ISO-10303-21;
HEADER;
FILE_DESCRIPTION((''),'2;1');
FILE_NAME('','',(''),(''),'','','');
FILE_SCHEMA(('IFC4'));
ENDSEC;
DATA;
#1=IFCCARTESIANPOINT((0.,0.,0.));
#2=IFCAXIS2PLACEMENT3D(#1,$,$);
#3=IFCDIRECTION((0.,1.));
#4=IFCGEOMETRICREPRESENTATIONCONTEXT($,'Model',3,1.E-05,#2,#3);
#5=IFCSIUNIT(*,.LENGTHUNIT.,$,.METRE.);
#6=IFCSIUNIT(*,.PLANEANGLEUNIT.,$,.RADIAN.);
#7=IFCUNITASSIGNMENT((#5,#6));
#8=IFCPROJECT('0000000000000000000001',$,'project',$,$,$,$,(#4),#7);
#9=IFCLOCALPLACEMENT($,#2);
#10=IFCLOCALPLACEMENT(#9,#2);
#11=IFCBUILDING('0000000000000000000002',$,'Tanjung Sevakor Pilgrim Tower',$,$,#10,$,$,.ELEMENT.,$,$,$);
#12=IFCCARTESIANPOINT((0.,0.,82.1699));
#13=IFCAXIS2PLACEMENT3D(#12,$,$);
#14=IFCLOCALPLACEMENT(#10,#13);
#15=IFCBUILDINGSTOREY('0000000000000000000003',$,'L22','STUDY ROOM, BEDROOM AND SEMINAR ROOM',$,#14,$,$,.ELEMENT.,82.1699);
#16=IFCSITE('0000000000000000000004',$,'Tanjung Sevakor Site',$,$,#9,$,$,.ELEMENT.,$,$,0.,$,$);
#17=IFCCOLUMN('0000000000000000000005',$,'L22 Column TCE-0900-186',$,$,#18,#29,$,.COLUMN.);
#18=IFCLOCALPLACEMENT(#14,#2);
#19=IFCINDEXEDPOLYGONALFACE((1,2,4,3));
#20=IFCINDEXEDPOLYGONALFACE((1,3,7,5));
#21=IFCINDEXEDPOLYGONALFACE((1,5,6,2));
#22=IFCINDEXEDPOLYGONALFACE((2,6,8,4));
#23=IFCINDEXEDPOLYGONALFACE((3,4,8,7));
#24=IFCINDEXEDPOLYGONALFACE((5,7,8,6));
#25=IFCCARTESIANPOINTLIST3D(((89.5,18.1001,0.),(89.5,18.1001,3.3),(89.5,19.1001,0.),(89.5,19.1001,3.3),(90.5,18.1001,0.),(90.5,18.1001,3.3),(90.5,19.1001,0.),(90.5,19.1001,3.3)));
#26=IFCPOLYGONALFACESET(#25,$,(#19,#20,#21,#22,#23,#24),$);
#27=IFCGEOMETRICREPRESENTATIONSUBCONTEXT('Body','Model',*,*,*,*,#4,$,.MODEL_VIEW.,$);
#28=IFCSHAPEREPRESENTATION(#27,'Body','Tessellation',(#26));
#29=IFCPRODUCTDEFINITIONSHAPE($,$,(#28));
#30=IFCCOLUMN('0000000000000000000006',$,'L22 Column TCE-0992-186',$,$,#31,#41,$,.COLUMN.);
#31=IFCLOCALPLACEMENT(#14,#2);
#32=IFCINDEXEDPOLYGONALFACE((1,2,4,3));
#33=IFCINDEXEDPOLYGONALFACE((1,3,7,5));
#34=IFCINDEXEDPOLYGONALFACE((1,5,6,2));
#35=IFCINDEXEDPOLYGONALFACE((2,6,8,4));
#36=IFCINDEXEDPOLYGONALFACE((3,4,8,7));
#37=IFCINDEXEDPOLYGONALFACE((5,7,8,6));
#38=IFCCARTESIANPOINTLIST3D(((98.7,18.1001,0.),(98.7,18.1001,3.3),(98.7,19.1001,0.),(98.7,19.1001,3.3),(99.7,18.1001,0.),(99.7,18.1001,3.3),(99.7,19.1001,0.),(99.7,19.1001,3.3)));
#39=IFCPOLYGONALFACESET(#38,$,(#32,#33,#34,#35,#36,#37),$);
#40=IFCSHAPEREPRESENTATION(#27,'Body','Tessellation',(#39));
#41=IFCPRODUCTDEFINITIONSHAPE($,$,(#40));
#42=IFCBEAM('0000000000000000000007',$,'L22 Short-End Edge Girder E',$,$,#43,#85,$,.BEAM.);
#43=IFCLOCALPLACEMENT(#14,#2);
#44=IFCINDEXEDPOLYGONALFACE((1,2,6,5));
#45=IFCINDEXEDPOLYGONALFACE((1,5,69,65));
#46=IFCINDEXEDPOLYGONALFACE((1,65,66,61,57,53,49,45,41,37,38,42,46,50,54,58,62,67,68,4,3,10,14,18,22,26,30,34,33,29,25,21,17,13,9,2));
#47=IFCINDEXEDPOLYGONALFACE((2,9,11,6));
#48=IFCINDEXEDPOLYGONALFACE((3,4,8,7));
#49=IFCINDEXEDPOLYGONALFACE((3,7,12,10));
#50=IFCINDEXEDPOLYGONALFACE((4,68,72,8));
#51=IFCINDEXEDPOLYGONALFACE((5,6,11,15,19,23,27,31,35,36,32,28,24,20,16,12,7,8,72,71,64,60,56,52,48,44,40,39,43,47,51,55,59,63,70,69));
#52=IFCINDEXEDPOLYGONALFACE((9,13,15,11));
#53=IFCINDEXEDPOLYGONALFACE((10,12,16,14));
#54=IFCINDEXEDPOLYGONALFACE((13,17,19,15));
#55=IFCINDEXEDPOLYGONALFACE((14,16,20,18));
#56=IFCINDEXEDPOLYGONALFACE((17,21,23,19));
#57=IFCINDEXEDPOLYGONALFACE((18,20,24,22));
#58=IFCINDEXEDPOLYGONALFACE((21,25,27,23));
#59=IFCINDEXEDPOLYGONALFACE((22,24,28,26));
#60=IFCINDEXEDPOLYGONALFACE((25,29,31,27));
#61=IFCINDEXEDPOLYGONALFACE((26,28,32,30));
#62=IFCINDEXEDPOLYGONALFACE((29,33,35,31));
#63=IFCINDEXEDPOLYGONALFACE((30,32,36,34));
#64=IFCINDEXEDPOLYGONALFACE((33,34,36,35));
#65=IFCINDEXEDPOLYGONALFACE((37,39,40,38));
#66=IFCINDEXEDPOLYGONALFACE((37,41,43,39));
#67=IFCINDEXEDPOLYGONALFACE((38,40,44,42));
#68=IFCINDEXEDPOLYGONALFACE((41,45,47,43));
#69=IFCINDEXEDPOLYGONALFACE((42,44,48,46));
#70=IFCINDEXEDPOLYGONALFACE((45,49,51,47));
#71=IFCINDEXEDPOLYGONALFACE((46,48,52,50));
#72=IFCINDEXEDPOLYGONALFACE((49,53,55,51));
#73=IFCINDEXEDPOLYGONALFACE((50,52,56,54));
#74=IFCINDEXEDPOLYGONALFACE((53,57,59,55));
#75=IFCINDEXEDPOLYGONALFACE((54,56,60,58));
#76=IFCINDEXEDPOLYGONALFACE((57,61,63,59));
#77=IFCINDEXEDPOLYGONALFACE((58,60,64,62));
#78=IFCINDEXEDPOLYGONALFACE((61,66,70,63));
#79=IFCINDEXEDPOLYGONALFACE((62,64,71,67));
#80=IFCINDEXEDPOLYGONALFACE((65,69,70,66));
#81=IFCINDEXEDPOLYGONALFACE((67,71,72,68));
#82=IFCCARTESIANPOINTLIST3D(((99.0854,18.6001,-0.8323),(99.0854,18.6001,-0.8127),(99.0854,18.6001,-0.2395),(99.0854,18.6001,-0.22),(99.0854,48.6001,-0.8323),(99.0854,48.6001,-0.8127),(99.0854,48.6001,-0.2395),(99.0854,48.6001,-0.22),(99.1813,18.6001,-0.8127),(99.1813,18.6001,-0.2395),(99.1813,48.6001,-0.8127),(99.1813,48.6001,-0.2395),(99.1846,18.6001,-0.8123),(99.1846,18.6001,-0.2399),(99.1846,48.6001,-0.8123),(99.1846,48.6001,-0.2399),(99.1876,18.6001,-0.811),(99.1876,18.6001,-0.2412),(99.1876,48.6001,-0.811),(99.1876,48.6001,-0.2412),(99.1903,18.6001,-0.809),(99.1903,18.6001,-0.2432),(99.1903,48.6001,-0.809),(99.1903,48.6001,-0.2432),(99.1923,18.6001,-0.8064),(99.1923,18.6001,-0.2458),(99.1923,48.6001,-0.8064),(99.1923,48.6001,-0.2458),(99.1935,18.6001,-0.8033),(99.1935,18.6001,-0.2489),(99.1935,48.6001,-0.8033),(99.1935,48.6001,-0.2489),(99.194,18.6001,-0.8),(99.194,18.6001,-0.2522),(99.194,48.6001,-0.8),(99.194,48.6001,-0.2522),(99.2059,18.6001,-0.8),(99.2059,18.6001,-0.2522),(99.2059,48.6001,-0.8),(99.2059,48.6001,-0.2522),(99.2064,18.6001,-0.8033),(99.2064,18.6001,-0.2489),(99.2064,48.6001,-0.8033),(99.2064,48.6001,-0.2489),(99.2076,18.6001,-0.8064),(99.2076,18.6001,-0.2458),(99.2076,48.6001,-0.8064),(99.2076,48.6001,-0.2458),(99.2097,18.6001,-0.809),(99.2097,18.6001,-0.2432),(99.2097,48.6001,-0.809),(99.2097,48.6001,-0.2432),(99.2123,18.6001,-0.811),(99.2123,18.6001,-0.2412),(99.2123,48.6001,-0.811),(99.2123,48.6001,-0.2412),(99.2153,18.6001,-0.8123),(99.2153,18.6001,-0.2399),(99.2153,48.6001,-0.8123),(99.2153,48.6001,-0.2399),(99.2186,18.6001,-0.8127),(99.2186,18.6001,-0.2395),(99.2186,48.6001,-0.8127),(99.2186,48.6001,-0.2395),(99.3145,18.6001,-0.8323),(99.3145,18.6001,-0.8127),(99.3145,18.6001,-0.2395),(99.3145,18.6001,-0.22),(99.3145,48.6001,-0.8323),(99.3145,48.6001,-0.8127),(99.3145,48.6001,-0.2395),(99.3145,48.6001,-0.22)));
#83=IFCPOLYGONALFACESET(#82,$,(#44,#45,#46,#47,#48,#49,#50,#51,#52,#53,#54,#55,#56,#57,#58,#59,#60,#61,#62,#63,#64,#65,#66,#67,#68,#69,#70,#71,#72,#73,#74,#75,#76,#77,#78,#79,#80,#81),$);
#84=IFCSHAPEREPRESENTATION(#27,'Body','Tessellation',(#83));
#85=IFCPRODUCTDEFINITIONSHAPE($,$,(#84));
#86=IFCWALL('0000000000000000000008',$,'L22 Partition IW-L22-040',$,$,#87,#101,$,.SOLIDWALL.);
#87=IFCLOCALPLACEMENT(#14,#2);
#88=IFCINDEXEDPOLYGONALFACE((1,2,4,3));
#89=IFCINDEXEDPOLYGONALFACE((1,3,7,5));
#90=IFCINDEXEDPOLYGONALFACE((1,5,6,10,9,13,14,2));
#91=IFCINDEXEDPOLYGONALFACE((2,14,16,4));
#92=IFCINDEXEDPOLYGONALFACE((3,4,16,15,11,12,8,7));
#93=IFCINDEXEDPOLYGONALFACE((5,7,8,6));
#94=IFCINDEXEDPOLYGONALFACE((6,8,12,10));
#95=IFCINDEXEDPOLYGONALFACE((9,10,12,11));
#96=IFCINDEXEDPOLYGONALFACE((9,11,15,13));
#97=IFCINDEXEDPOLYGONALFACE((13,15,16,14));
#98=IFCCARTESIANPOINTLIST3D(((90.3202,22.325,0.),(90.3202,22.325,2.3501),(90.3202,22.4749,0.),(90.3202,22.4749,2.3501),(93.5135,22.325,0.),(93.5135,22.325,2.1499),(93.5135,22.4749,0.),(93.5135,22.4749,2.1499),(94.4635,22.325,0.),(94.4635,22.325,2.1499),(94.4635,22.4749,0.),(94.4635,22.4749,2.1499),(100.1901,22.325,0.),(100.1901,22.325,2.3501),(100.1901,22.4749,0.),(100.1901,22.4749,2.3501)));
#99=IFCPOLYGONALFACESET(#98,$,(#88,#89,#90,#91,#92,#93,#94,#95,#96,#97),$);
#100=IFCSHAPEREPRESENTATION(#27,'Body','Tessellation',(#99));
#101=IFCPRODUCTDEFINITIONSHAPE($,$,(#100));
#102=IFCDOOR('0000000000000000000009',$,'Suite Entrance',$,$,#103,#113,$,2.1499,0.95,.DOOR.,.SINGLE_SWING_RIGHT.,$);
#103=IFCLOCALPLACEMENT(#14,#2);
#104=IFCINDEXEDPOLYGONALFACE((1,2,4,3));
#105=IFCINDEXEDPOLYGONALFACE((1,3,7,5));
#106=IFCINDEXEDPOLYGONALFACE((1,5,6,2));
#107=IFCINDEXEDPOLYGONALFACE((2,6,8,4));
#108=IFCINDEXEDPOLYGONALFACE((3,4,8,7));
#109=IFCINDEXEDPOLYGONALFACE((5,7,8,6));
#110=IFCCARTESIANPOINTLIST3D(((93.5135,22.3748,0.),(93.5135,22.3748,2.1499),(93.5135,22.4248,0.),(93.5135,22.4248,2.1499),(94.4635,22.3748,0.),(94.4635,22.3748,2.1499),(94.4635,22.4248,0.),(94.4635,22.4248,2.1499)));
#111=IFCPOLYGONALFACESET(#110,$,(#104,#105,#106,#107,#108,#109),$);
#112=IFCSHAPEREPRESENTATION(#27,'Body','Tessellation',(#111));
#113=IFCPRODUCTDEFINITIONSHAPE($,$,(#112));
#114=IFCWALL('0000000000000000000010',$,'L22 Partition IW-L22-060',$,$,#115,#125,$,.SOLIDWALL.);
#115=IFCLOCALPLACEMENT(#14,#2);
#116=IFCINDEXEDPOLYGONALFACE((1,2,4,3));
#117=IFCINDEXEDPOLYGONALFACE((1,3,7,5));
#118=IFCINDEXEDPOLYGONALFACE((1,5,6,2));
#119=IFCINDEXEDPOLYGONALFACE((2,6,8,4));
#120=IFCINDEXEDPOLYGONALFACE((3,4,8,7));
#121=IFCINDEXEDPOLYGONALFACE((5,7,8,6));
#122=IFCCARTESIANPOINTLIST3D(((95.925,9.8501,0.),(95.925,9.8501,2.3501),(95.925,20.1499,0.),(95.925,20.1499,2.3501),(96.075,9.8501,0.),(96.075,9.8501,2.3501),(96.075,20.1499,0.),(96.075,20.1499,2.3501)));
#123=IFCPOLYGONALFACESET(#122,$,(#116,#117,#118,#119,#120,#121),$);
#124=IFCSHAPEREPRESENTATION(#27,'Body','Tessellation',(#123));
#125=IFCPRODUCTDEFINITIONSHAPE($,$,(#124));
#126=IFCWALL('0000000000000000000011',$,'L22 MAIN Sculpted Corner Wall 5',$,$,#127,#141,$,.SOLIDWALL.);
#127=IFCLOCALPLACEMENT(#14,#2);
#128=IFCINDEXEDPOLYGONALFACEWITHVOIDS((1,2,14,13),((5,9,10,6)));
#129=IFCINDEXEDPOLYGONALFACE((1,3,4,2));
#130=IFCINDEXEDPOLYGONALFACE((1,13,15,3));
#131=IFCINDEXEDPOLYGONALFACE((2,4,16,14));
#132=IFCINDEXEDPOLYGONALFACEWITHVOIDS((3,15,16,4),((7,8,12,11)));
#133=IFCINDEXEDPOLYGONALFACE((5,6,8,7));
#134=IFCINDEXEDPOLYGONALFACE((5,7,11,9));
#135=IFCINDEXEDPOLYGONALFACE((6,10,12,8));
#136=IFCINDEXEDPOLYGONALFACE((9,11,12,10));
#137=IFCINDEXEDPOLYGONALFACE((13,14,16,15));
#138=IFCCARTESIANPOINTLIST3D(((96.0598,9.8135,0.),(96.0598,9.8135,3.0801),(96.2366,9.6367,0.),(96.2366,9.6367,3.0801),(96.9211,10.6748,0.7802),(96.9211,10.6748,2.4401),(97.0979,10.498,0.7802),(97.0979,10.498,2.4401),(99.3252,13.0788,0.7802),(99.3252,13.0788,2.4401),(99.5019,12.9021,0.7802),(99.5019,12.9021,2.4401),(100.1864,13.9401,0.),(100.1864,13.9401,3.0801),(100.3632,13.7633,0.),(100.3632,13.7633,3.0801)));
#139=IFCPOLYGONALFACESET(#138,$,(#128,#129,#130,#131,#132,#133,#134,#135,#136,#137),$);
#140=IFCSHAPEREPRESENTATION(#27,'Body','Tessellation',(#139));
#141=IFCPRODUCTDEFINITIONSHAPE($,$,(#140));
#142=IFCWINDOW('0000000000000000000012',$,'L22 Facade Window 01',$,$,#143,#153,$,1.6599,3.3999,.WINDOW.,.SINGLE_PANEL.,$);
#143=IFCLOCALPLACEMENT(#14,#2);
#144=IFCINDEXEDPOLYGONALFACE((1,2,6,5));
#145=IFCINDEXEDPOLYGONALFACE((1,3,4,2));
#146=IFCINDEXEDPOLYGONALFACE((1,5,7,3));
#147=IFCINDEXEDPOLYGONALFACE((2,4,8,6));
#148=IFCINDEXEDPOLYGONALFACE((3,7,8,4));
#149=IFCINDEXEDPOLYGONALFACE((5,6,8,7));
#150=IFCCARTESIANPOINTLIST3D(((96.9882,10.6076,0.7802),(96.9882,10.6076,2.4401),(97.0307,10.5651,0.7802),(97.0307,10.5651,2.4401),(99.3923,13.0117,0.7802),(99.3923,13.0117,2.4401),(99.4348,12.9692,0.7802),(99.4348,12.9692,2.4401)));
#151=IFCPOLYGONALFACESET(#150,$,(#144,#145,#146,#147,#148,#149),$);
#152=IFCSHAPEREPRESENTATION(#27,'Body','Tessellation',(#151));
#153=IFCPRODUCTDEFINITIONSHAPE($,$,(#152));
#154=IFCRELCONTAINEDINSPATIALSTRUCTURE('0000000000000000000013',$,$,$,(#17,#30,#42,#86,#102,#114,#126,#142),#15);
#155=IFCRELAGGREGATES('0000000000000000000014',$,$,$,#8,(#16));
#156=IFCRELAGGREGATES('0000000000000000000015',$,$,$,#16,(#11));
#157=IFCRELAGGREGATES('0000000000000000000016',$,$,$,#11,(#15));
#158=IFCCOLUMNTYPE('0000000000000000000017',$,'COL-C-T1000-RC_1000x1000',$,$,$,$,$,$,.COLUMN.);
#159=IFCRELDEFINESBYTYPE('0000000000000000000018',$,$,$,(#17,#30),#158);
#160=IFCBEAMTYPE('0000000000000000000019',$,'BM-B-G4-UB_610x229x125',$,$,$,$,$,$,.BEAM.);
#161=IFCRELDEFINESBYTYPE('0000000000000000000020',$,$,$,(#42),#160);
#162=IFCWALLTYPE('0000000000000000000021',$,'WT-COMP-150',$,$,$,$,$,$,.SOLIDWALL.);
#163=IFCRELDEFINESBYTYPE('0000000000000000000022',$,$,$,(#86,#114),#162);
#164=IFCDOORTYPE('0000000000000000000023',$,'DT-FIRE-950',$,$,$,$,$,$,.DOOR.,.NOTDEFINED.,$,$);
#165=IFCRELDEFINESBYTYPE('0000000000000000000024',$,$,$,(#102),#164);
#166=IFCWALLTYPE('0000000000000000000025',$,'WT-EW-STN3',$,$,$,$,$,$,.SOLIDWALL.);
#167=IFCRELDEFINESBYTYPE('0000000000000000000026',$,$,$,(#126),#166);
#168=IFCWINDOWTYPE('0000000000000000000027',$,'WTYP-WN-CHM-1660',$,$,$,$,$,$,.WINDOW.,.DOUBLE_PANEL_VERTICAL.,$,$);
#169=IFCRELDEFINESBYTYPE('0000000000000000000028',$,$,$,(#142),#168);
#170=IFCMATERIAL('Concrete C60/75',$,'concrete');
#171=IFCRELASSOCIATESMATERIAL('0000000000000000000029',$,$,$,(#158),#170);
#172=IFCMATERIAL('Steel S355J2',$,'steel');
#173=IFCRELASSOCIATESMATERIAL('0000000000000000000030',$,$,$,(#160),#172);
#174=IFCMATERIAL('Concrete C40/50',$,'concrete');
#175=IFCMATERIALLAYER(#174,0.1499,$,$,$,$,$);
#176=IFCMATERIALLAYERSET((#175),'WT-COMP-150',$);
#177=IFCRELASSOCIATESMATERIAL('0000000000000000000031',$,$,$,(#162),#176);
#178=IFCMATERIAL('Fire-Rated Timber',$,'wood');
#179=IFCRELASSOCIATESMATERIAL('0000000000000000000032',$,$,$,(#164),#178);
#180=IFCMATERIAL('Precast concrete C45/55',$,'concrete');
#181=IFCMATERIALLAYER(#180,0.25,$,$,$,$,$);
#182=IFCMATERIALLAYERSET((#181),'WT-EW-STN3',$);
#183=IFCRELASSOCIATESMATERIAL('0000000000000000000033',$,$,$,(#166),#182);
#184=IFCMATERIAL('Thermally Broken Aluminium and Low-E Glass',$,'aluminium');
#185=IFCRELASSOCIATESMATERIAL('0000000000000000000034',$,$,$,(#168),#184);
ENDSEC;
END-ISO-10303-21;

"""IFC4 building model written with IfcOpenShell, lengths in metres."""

from ifc_helpers import new_model, si_unit, direction, frame, frame_2d, origin, origin_2d, place, context, subcontext, project, spatial, rectangle, i_section, extrude, material, layer, layer_set, material_profile, profile_set, type_object, element, fill, save


model = new_model("IFC4")

# Units and contexts
model_context = context("Model", 3, precision=1e-05, world=origin(), true_north=direction((0.0, 1.0)))
body_context = subcontext(model_context, "Body", "Model", "MODEL_VIEW")
ifc_project = project(units=[si_unit("LENGTHUNIT", "METRE"), si_unit("PLANEANGLEUNIT", "RADIAN")], contexts=[model_context])

# Site, building, storey
site_placement = place(None, origin())
site = spatial("IfcSite", under=ifc_project, at=site_placement, Name="Tanjung Sevakor Site", CompositionType="ELEMENT", RefElevation=0.0)
building_placement = place(site_placement, origin())
building = spatial("IfcBuilding", under=site, at=building_placement, Name="Tanjung Sevakor Pilgrim Tower", CompositionType="ELEMENT")
storey_placement = place(building_placement, frame((0.0, 0.0, 82.1699)))
storey = spatial("IfcBuildingStorey", under=building, at=storey_placement, Name="L22", Description="STUDY ROOM, BEDROOM AND SEMINAR ROOM", CompositionType="ELEMENT", Elevation=82.1699)

# Columns
ifc_material_1 = material(Name="Concrete C60/75", Category="concrete")
ifc_material_profile_1 = material_profile(ifc_material_1, rectangle(XDim=1.0, YDim=1.0, at=origin_2d()))
ifc_profile_set_1 = profile_set([ifc_material_profile_1], Name="Concrete C60/75")
column_type = type_object("IfcColumnType", Name="COL-C-T1000-RC_1000x1000", PredefinedType="COLUMN", material=ifc_profile_set_1)
for number, where, z_axis, x_axis, name in (
    (1, (90.0, 18.6001, 0.0), (0.0, 0.0, 1.0), (1.0, 0.0, 0.0), "L22 Column TCE-0900-186"),
    (2, (99.2, 18.6001, 0.0), (0.0, 0.0, 1.0), (1.0, 0.0, 0.0), "L22 Column TCE-0992-186"),
):
    element("IfcColumn", number, at=place(storey_placement, frame(where, z_axis=z_axis, x_axis=x_axis)), inside=storey, type_object=column_type, Name=name, PredefinedType="COLUMN", context=body_context, shape_type="SweptSolid", body=[
        extrude(rectangle(XDim=1.0, YDim=1.0, at=origin_2d()), origin(), (0.0, 0.0, 1.0), 3.3),
    ])

# Beam
ifc_material_2 = material(Name="Steel S355J2", Category="steel")
ifc_material_profile_2 = material_profile(ifc_material_2, i_section(OverallWidth=0.229, OverallDepth=0.6123, WebThickness=0.012, FlangeThickness=0.0195, FilletRadius=0.0127, at=origin_2d()))
ifc_profile_set_2 = profile_set([ifc_material_profile_2], Name="Steel S355J2")
beam_type = type_object("IfcBeamType", Name="BM-B-G4-UB_610x229x125", PredefinedType="BEAM", material=ifc_profile_set_2)
beam_placement = place(storey_placement, frame((99.2, 18.6001, -0.5261), z_axis=(0.0, 1.0, 0.0), x_axis=(-1.0, 0.0, 0.0)))
element("IfcBeam", 3, at=beam_placement, inside=storey, type_object=beam_type, Name="L22 Short-End Edge Girder E", PredefinedType="BEAM", context=body_context, shape_type="SweptSolid", body=[
    extrude(i_section(OverallWidth=0.229, OverallDepth=0.6123, WebThickness=0.012, FlangeThickness=0.0195, FilletRadius=0.0127, at=origin_2d()), origin(), (0.0, 0.0, 1.0), 30.0),
])

# Wall, opening, door
ifc_material_3 = material(Name="Concrete C40/50", Category="concrete")
ifc_layer_1 = layer(ifc_material_3, 0.1499)
ifc_layer_set_1 = layer_set([ifc_layer_1], Name="WT-COMP-150")
wall_type_1 = type_object("IfcWallType", Name="WT-COMP-150", PredefinedType="SOLIDWALL", material=ifc_layer_set_1)
wall_1_placement = place(storey_placement, frame((90.3201, 22.3999, 0.0), z_axis=(0.0, 0.0, 1.0), x_axis=(1.0, 0.0, 0.0)))
wall_1 = element("IfcWall", 4, at=wall_1_placement, inside=storey, type_object=wall_type_1, Name="L22 Partition IW-L22-040", PredefinedType="SOLIDWALL", context=body_context, shape_type="SweptSolid", body=[
    extrude(rectangle(XDim=9.8699, YDim=0.1499, at=frame_2d((4.9351, 0.0))), origin(), (0.0, 0.0, 1.0), 2.3501),
])
opening_1_placement = place(wall_1_placement, frame((3.1934, 0.0, 0.0)))
opening_1 = element("IfcOpeningElement", 5, at=opening_1_placement, cuts=wall_1, PredefinedType="OPENING", context=body_context, shape_type="SweptSolid", body=[
    extrude(rectangle(XDim=0.95, YDim=2.1499, at=frame_2d((0.4751, 1.075))), frame((0.0, 0.085, 0.0), z_axis=(0.0, -1.0, 0.0), x_axis=(1.0, 0.0, 0.0)), (0.0, 0.0, 1.0), 0.1699),
])
ifc_material_4 = material(Name="Fire-Rated Timber", Category="wood")
door_type_1 = type_object("IfcDoorType", Name="DT-FIRE-950", OperationType="NOTDEFINED", PredefinedType="DOOR", material=ifc_material_4)
door_1_placement = place(opening_1_placement, origin())
door_1 = element("IfcDoor", 6, at=door_1_placement, inside=storey, type_object=door_type_1, Name="Suite Entrance", OperationType="SINGLE_SWING_RIGHT", OverallHeight=2.1499, OverallWidth=0.95, PredefinedType="DOOR", context=body_context, shape_type="SweptSolid", body=[
    extrude(rectangle(XDim=0.95, YDim=2.1499, at=frame_2d((0.4751, 1.075))), frame((0.0, 0.0249, 0.0), z_axis=(0.0, -1.0, 0.0), x_axis=(1.0, 0.0, 0.0)), (0.0, 0.0, 1.0), 0.05),
])
fill(opening_1, door_1)

# Wall
wall_2_placement = place(storey_placement, frame((96.0, 9.8501, 0.0), z_axis=(0.0, 0.0, 1.0), x_axis=(0.0, 1.0, 0.0)))
element("IfcWall", 7, at=wall_2_placement, inside=storey, type_object=wall_type_1, Name="L22 Partition IW-L22-060", PredefinedType="SOLIDWALL", context=body_context, shape_type="SweptSolid", body=[
    extrude(rectangle(XDim=10.2998, YDim=0.1499, at=frame_2d((5.1499, 0.0))), origin(), (0.0, 0.0, 1.0), 2.3501),
])

# Wall, opening, window
ifc_material_5 = material(Name="Precast concrete C45/55", Category="concrete")
ifc_layer_2 = layer(ifc_material_5, 0.25)
ifc_layer_set_2 = layer_set([ifc_layer_2], Name="WT-EW-STN3")
wall_type_2 = type_object("IfcWallType", Name="WT-EW-STN3", PredefinedType="SOLIDWALL", material=ifc_layer_set_2)
wall_3_placement = place(storey_placement, frame((96.1482, 9.7251, 0.0), z_axis=(0.0, 0.0, 1.0), x_axis=(0.707107, 0.707107, 0.0)))
wall_3 = element("IfcWall", 8, at=wall_3_placement, inside=storey, type_object=wall_type_2, Name="L22 MAIN Sculpted Corner Wall 5", PredefinedType="SOLIDWALL", context=body_context, shape_type="SweptSolid", body=[
    extrude(rectangle(XDim=5.8359, YDim=0.25, at=frame_2d((2.918, 0.0))), origin(), (0.0, 0.0, 1.0), 3.0801),
])
opening_2_placement = place(wall_3_placement, frame((1.218, 0.0, 0.78)))
opening_2 = element("IfcOpeningElement", 9, at=opening_2_placement, cuts=wall_3, PredefinedType="OPENING", context=body_context, shape_type="SweptSolid", body=[
    extrude(rectangle(XDim=3.3999, YDim=1.6599, at=frame_2d((1.7, 0.8301))), frame((0.0, 0.135, 0.0), z_axis=(0.0, -1.0, 0.0), x_axis=(1.0, 0.0, 0.0)), (0.0, 0.0, 1.0), 0.27),
])
ifc_material_6 = material(Name="Thermally Broken Aluminium and Low-E Glass", Category="aluminium")
window_type_1 = type_object("IfcWindowType", Name="WTYP-WN-CHM-1660", PartitioningType="DOUBLE_PANEL_VERTICAL", PredefinedType="WINDOW", material=ifc_material_6)
window_1_placement = place(opening_2_placement, origin())
window_1 = element("IfcWindow", 10, at=window_1_placement, inside=storey, type_object=window_type_1, Name="L22 Facade Window 01", OverallHeight=1.6599, OverallWidth=3.3999, PartitioningType="SINGLE_PANEL", PredefinedType="WINDOW", context=body_context, shape_type="SweptSolid", body=[
    extrude(rectangle(XDim=3.3999, YDim=1.6599, at=frame_2d((1.7, 0.8301))), frame((0.0, 0.03, 0.0), z_axis=(0.0, -1.0, 0.0), x_axis=(1.0, 0.0, 0.0)), (0.0, 0.0, 1.0), 0.0601),
])
fill(opening_2, window_1)

save(model, "model.ifc")
